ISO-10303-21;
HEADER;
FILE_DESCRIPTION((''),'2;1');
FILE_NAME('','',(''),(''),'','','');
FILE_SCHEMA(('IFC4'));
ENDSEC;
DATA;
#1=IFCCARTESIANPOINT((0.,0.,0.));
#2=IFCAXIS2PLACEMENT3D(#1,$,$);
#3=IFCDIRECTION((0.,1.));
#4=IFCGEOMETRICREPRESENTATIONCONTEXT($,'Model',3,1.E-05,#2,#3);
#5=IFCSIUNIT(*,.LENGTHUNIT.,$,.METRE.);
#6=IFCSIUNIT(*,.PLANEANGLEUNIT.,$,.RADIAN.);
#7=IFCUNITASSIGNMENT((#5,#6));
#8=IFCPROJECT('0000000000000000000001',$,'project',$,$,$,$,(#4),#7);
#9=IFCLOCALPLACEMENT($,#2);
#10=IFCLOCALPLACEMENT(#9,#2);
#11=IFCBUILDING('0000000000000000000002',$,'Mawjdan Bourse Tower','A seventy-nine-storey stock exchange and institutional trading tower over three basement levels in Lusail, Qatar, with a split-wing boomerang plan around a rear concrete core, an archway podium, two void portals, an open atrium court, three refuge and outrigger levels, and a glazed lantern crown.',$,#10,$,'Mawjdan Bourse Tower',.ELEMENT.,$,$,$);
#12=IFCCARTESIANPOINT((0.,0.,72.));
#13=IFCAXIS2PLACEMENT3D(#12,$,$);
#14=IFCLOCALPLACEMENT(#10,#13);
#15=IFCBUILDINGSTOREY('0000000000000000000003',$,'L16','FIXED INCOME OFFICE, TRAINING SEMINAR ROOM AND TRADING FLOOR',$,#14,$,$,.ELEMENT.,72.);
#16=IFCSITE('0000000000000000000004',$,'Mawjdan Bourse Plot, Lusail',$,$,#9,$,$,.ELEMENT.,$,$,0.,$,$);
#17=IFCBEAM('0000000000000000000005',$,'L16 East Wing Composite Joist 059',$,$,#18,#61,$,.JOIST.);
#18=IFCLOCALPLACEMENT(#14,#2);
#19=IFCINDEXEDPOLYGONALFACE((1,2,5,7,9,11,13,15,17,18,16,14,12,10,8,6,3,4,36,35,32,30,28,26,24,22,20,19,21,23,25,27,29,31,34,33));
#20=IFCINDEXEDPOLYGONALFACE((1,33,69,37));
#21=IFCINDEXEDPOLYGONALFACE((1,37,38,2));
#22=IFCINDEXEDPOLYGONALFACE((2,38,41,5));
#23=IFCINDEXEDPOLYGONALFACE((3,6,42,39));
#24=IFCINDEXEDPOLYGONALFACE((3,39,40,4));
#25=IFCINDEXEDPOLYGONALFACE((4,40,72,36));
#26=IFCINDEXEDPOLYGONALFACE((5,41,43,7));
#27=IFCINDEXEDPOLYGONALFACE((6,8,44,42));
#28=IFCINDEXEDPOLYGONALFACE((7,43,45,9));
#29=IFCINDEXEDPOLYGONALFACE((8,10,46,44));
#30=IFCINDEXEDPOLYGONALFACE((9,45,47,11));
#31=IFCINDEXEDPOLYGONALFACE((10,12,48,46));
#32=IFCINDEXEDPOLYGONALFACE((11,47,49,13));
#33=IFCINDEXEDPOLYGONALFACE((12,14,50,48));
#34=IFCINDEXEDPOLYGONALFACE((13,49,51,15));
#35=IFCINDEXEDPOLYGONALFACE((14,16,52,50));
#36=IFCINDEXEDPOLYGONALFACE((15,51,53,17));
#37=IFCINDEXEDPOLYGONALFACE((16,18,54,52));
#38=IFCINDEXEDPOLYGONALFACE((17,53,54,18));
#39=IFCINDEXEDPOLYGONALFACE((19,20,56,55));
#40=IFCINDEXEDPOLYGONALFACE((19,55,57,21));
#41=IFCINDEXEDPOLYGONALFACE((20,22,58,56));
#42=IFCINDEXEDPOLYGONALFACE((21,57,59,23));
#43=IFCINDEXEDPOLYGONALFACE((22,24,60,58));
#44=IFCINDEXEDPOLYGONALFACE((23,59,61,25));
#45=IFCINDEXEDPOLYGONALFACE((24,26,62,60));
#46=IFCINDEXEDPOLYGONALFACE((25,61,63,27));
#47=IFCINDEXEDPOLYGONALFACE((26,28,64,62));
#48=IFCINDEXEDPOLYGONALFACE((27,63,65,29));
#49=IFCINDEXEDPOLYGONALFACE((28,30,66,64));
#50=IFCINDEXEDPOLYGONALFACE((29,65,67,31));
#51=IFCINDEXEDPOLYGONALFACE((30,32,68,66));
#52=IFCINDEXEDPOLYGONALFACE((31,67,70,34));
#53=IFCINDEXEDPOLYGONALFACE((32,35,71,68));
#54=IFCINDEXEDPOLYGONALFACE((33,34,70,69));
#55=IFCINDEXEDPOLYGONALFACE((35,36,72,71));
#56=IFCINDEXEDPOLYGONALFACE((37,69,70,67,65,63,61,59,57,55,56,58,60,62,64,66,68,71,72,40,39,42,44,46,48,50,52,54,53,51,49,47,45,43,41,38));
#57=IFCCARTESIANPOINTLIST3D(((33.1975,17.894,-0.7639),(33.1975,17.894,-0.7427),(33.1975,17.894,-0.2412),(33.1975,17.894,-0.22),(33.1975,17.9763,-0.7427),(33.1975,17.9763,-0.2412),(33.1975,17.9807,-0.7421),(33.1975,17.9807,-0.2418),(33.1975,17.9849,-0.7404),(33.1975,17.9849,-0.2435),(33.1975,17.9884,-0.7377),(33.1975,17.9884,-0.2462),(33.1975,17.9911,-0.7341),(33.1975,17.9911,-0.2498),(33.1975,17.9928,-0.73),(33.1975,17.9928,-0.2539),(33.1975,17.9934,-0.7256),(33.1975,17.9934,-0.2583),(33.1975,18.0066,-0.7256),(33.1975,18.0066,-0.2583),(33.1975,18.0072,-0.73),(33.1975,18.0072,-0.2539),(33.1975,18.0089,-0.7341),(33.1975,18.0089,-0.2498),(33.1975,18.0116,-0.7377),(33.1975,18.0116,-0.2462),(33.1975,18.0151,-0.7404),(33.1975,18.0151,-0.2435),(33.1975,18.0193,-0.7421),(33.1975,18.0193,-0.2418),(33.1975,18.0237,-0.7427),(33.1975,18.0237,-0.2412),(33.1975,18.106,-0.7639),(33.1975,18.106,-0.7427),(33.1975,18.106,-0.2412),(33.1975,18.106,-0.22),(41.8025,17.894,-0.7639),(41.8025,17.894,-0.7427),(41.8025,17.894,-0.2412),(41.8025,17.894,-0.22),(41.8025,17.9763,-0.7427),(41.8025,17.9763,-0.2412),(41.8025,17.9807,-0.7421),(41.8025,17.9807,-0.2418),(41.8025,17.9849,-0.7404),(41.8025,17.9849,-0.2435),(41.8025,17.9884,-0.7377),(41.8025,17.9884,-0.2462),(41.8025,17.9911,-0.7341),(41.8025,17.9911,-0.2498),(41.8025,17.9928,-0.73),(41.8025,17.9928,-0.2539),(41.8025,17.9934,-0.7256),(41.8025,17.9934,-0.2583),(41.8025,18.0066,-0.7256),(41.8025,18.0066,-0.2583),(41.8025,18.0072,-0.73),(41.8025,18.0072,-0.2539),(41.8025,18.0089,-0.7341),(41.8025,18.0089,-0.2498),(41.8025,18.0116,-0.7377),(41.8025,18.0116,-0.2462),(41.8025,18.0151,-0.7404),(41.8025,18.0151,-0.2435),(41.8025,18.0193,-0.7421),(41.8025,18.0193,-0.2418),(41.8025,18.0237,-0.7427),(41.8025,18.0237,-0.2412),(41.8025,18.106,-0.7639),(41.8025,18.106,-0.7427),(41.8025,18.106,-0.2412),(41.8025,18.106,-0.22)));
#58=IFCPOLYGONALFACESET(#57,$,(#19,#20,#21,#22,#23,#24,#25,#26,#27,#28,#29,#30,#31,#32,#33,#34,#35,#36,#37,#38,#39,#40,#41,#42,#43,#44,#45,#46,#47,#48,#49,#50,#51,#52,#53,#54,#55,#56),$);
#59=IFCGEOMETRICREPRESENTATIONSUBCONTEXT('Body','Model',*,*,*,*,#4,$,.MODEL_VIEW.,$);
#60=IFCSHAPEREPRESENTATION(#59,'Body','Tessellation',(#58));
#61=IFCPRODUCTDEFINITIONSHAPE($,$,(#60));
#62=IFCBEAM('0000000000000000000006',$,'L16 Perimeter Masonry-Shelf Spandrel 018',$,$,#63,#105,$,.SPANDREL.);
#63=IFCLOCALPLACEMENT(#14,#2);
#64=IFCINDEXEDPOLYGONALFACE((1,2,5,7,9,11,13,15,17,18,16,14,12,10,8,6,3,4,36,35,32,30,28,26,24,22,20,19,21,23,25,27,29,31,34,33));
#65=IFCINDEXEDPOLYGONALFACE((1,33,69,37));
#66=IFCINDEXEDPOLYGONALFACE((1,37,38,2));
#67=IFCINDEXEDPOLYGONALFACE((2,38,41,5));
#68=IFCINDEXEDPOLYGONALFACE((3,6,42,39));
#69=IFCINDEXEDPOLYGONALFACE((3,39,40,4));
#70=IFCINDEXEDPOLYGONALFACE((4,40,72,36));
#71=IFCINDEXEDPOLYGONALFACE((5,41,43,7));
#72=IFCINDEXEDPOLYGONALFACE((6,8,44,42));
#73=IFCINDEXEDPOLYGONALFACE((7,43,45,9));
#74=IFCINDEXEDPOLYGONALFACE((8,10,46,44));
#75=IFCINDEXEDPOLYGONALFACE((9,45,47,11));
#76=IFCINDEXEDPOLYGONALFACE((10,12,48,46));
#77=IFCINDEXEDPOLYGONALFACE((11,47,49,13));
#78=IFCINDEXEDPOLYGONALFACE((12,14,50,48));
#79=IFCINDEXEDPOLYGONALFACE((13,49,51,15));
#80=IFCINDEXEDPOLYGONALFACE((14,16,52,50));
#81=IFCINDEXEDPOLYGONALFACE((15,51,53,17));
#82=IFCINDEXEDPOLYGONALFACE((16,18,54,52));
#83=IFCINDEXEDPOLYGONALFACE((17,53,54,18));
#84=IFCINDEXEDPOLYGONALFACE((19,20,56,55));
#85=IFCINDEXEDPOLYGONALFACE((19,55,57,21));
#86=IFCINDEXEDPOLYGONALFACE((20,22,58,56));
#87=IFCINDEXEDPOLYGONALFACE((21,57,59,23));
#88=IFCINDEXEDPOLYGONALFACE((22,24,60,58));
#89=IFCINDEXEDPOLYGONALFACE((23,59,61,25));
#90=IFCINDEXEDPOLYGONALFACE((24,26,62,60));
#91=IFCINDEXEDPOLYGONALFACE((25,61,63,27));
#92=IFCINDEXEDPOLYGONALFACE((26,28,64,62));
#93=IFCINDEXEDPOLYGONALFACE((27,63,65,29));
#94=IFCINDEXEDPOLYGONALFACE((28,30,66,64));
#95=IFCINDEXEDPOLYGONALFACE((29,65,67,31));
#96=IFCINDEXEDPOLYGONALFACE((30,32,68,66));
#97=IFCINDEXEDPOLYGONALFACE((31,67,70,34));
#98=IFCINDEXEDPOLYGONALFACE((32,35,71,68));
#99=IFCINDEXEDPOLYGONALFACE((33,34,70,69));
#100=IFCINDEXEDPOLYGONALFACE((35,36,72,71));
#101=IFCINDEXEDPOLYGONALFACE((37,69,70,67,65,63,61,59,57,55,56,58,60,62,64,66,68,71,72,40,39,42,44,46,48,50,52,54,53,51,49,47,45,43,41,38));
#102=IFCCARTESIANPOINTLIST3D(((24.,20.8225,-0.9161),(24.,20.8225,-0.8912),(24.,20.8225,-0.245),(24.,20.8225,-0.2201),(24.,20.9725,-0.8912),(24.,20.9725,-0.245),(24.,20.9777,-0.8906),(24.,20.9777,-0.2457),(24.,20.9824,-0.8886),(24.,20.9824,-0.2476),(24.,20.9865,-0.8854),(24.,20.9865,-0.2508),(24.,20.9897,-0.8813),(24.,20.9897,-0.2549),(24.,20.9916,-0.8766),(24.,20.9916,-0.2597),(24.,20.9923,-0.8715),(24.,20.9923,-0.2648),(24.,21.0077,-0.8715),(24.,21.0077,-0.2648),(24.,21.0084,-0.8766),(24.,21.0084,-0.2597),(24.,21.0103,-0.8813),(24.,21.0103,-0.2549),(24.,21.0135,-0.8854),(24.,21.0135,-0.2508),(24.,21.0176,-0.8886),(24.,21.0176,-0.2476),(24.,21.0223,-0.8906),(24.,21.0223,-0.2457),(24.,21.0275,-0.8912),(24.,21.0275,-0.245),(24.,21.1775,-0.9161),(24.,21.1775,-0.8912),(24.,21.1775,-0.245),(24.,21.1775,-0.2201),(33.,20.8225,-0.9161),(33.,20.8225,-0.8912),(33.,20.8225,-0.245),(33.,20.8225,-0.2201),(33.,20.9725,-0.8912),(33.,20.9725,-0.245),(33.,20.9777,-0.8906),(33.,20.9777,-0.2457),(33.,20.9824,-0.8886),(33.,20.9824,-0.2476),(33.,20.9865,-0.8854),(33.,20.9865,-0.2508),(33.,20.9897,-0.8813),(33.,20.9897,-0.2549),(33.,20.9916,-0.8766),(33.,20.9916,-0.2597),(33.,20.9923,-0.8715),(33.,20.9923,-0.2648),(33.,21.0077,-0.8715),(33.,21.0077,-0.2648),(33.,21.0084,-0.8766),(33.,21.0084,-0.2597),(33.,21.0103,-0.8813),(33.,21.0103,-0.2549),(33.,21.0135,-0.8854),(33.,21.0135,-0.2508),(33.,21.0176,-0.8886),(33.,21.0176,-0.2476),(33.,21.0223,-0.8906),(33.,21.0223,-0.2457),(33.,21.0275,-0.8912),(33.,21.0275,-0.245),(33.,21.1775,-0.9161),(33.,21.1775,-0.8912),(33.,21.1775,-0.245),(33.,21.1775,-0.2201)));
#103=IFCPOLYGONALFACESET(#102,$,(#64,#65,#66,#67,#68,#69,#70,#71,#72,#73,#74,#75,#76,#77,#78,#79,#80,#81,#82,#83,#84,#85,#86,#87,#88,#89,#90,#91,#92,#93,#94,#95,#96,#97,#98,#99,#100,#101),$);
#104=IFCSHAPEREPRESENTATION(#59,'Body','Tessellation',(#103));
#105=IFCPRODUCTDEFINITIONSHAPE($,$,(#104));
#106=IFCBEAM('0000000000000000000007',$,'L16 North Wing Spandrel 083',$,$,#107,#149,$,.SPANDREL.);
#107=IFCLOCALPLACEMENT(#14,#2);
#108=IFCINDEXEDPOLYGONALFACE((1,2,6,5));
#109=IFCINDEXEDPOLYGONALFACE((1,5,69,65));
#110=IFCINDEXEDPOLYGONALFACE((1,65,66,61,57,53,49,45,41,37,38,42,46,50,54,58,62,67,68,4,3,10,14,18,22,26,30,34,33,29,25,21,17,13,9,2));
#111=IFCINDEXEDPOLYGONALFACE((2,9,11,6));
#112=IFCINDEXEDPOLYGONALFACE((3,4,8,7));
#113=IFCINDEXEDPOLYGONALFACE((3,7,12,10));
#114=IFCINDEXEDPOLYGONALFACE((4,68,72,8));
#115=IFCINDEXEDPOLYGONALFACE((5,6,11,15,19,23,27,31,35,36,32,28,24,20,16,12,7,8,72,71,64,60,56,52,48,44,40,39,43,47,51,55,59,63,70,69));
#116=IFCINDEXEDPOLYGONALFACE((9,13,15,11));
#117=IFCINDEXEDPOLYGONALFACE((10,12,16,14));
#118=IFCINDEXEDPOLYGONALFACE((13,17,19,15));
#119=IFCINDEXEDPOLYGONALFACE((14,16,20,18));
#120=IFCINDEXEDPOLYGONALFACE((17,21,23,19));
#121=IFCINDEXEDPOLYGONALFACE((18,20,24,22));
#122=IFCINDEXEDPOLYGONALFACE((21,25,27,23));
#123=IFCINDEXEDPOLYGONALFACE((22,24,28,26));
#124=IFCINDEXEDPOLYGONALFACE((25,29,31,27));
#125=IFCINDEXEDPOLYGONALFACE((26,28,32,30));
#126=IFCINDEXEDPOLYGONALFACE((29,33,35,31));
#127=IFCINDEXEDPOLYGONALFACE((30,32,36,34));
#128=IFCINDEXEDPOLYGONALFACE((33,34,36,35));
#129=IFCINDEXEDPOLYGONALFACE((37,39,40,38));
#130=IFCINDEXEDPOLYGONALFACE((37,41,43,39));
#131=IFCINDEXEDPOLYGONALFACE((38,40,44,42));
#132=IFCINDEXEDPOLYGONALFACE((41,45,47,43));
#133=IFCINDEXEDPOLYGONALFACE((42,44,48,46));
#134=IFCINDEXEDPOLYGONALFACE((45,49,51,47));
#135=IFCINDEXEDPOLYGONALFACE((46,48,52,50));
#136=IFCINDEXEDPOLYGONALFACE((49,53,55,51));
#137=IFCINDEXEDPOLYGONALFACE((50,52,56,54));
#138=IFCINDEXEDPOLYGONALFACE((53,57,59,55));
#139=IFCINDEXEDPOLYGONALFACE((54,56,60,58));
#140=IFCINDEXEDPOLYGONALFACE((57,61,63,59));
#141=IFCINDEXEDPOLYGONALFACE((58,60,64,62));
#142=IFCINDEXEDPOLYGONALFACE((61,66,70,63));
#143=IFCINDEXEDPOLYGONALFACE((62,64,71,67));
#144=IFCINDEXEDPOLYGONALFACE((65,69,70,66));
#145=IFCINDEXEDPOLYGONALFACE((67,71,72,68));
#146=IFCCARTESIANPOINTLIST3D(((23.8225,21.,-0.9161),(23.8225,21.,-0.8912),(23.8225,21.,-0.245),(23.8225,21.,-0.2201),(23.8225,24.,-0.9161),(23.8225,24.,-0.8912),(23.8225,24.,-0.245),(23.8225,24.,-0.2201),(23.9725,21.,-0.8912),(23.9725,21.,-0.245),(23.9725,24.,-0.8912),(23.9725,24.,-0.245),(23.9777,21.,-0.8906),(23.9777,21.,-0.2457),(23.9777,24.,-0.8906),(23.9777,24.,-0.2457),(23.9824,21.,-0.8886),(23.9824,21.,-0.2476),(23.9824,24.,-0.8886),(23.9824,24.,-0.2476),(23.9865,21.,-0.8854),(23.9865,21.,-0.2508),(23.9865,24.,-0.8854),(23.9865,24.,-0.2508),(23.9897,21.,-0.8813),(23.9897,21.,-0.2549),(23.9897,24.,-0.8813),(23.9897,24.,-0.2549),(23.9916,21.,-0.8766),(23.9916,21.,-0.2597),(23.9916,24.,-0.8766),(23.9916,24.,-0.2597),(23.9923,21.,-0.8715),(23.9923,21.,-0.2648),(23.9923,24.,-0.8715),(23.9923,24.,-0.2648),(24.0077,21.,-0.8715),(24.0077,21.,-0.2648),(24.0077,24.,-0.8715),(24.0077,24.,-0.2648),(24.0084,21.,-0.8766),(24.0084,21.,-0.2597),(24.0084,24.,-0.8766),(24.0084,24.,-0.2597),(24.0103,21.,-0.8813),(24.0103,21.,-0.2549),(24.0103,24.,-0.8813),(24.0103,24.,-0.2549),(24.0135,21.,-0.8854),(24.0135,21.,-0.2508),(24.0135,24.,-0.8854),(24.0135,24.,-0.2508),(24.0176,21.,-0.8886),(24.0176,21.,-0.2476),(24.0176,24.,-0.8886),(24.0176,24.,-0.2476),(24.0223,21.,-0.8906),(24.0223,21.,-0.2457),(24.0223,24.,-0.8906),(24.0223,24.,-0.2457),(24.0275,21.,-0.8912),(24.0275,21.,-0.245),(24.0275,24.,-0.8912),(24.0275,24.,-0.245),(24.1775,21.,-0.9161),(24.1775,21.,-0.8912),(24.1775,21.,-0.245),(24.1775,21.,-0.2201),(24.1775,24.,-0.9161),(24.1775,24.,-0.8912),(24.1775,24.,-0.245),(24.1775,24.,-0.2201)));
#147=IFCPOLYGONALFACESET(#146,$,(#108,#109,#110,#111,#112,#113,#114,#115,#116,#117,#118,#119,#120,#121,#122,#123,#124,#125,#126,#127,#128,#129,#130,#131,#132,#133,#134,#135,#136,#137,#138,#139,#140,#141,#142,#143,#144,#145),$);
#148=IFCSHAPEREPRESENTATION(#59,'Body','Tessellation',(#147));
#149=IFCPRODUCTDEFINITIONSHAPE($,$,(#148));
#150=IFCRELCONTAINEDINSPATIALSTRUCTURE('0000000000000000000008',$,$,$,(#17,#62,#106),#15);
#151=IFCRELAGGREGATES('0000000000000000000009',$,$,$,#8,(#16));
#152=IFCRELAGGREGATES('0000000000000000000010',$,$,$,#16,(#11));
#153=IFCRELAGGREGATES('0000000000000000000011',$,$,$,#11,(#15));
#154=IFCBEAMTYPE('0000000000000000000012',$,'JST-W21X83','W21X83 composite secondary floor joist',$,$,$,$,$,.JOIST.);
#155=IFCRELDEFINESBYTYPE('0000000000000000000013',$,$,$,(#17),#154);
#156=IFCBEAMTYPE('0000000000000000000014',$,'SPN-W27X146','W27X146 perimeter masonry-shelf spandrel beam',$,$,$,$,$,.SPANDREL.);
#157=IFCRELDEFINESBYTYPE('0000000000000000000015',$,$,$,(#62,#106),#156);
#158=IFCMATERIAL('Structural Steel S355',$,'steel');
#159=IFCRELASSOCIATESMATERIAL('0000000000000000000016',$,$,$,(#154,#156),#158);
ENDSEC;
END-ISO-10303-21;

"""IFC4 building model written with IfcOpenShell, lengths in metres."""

from ifc_helpers import new_model, si_unit, direction, frame, origin, origin_2d, place, context, subcontext, project, spatial, i_section, extrude, material, material_profile, profile_set, type_object, element, save


model = new_model("IFC4")

# Units and contexts
model_context = context("Model", 3, precision=1e-05, world=origin(), true_north=direction((0.0, 1.0)))
body_context = subcontext(model_context, "Body", "Model", "MODEL_VIEW")
ifc_project = project(units=[si_unit("LENGTHUNIT", "METRE"), si_unit("PLANEANGLEUNIT", "RADIAN")], contexts=[model_context])

# Site, building, storey
site_placement = place(None, origin())
site = spatial("IfcSite", under=ifc_project, at=site_placement, Name="Mawjdan Bourse Plot, Lusail", CompositionType="ELEMENT", RefElevation=0.0)
building_placement = place(site_placement, origin())
building = spatial("IfcBuilding", under=site, at=building_placement, Name="Mawjdan Bourse Tower", Description="A seventy-nine-storey stock exchange and institutional trading tower over three basement levels in Lusail, Qatar, with a split-wing boomerang plan around a rear concrete core, an archway podium, two void portals, an open atrium court, three refuge and outrigger levels, and a glazed lantern crown.", LongName="Mawjdan Bourse Tower", CompositionType="ELEMENT")
storey_placement = place(building_placement, frame((0.0, 0.0, 72.0)))
storey = spatial("IfcBuildingStorey", under=building, at=storey_placement, Name="L16", Description="FIXED INCOME OFFICE, TRAINING SEMINAR ROOM AND TRADING FLOOR", CompositionType="ELEMENT", Elevation=72.0)

# Beams
ifc_material_1 = material(Name="Structural Steel S355", Category="steel")
ifc_material_profile_1 = material_profile(ifc_material_1, i_section(OverallWidth=0.2119, OverallDepth=0.5439, WebThickness=0.0132, FlangeThickness=0.0212, FilletRadius=0.0171, at=origin_2d()), Name="W21X83")
ifc_profile_set_1 = profile_set([ifc_material_profile_1], Name="Structural Steel S355")
beam_type_1 = type_object("IfcBeamType", Name="JST-W21X83", Description="W21X83 composite secondary floor joist", PredefinedType="JOIST", material=ifc_profile_set_1)
beam_1_placement = place(storey_placement, frame((33.1975, 18.0, -0.4919), z_axis=(1.0, 0.0, 0.0), x_axis=(0.0, 1.0, 0.0)))
element("IfcBeam", 1, at=beam_1_placement, inside=storey, type_object=beam_type_1, Name="L16 East Wing Composite Joist 059", PredefinedType="JOIST", context=body_context, shape_type="SweptSolid", body=[
    extrude(i_section(OverallWidth=0.2119, OverallDepth=0.5439, WebThickness=0.0132, FlangeThickness=0.0212, FilletRadius=0.0171, at=origin_2d()), origin(), (0.0, 0.0, 1.0), 8.605),
])
ifc_material_profile_2 = material_profile(ifc_material_1, i_section(OverallWidth=0.355, OverallDepth=0.696, WebThickness=0.0154, FlangeThickness=0.0249, FilletRadius=0.0198, at=origin_2d()), Name="W27X146")
ifc_profile_set_2 = profile_set([ifc_material_profile_2], Name="Structural Steel S355")
beam_type_2 = type_object("IfcBeamType", Name="SPN-W27X146", Description="W27X146 perimeter masonry-shelf spandrel beam", PredefinedType="SPANDREL", material=ifc_profile_set_2)
beam_2_placement = place(storey_placement, frame((24.0, 21.0, -0.5681), z_axis=(1.0, 0.0, 0.0), x_axis=(0.0, 1.0, 0.0)))
element("IfcBeam", 2, at=beam_2_placement, inside=storey, type_object=beam_type_2, Name="L16 Perimeter Masonry-Shelf Spandrel 018", PredefinedType="SPANDREL", context=body_context, shape_type="SweptSolid", body=[
    extrude(i_section(OverallWidth=0.355, OverallDepth=0.696, WebThickness=0.0154, FlangeThickness=0.0249, FilletRadius=0.0198, at=origin_2d()), origin(), (0.0, 0.0, 1.0), 9.0),
])
beam_3_placement = place(storey_placement, frame((24.0, 21.0, -0.5681), z_axis=(0.0, 1.0, 0.0), x_axis=(-1.0, 0.0, 0.0)))
element("IfcBeam", 3, at=beam_3_placement, inside=storey, type_object=beam_type_2, Name="L16 North Wing Spandrel 083", PredefinedType="SPANDREL", context=body_context, shape_type="SweptSolid", body=[
    extrude(i_section(OverallWidth=0.355, OverallDepth=0.696, WebThickness=0.0154, FlangeThickness=0.0249, FilletRadius=0.0198, at=origin_2d()), origin(), (0.0, 0.0, 1.0), 3.0),
])

save(model, "model.ifc")
